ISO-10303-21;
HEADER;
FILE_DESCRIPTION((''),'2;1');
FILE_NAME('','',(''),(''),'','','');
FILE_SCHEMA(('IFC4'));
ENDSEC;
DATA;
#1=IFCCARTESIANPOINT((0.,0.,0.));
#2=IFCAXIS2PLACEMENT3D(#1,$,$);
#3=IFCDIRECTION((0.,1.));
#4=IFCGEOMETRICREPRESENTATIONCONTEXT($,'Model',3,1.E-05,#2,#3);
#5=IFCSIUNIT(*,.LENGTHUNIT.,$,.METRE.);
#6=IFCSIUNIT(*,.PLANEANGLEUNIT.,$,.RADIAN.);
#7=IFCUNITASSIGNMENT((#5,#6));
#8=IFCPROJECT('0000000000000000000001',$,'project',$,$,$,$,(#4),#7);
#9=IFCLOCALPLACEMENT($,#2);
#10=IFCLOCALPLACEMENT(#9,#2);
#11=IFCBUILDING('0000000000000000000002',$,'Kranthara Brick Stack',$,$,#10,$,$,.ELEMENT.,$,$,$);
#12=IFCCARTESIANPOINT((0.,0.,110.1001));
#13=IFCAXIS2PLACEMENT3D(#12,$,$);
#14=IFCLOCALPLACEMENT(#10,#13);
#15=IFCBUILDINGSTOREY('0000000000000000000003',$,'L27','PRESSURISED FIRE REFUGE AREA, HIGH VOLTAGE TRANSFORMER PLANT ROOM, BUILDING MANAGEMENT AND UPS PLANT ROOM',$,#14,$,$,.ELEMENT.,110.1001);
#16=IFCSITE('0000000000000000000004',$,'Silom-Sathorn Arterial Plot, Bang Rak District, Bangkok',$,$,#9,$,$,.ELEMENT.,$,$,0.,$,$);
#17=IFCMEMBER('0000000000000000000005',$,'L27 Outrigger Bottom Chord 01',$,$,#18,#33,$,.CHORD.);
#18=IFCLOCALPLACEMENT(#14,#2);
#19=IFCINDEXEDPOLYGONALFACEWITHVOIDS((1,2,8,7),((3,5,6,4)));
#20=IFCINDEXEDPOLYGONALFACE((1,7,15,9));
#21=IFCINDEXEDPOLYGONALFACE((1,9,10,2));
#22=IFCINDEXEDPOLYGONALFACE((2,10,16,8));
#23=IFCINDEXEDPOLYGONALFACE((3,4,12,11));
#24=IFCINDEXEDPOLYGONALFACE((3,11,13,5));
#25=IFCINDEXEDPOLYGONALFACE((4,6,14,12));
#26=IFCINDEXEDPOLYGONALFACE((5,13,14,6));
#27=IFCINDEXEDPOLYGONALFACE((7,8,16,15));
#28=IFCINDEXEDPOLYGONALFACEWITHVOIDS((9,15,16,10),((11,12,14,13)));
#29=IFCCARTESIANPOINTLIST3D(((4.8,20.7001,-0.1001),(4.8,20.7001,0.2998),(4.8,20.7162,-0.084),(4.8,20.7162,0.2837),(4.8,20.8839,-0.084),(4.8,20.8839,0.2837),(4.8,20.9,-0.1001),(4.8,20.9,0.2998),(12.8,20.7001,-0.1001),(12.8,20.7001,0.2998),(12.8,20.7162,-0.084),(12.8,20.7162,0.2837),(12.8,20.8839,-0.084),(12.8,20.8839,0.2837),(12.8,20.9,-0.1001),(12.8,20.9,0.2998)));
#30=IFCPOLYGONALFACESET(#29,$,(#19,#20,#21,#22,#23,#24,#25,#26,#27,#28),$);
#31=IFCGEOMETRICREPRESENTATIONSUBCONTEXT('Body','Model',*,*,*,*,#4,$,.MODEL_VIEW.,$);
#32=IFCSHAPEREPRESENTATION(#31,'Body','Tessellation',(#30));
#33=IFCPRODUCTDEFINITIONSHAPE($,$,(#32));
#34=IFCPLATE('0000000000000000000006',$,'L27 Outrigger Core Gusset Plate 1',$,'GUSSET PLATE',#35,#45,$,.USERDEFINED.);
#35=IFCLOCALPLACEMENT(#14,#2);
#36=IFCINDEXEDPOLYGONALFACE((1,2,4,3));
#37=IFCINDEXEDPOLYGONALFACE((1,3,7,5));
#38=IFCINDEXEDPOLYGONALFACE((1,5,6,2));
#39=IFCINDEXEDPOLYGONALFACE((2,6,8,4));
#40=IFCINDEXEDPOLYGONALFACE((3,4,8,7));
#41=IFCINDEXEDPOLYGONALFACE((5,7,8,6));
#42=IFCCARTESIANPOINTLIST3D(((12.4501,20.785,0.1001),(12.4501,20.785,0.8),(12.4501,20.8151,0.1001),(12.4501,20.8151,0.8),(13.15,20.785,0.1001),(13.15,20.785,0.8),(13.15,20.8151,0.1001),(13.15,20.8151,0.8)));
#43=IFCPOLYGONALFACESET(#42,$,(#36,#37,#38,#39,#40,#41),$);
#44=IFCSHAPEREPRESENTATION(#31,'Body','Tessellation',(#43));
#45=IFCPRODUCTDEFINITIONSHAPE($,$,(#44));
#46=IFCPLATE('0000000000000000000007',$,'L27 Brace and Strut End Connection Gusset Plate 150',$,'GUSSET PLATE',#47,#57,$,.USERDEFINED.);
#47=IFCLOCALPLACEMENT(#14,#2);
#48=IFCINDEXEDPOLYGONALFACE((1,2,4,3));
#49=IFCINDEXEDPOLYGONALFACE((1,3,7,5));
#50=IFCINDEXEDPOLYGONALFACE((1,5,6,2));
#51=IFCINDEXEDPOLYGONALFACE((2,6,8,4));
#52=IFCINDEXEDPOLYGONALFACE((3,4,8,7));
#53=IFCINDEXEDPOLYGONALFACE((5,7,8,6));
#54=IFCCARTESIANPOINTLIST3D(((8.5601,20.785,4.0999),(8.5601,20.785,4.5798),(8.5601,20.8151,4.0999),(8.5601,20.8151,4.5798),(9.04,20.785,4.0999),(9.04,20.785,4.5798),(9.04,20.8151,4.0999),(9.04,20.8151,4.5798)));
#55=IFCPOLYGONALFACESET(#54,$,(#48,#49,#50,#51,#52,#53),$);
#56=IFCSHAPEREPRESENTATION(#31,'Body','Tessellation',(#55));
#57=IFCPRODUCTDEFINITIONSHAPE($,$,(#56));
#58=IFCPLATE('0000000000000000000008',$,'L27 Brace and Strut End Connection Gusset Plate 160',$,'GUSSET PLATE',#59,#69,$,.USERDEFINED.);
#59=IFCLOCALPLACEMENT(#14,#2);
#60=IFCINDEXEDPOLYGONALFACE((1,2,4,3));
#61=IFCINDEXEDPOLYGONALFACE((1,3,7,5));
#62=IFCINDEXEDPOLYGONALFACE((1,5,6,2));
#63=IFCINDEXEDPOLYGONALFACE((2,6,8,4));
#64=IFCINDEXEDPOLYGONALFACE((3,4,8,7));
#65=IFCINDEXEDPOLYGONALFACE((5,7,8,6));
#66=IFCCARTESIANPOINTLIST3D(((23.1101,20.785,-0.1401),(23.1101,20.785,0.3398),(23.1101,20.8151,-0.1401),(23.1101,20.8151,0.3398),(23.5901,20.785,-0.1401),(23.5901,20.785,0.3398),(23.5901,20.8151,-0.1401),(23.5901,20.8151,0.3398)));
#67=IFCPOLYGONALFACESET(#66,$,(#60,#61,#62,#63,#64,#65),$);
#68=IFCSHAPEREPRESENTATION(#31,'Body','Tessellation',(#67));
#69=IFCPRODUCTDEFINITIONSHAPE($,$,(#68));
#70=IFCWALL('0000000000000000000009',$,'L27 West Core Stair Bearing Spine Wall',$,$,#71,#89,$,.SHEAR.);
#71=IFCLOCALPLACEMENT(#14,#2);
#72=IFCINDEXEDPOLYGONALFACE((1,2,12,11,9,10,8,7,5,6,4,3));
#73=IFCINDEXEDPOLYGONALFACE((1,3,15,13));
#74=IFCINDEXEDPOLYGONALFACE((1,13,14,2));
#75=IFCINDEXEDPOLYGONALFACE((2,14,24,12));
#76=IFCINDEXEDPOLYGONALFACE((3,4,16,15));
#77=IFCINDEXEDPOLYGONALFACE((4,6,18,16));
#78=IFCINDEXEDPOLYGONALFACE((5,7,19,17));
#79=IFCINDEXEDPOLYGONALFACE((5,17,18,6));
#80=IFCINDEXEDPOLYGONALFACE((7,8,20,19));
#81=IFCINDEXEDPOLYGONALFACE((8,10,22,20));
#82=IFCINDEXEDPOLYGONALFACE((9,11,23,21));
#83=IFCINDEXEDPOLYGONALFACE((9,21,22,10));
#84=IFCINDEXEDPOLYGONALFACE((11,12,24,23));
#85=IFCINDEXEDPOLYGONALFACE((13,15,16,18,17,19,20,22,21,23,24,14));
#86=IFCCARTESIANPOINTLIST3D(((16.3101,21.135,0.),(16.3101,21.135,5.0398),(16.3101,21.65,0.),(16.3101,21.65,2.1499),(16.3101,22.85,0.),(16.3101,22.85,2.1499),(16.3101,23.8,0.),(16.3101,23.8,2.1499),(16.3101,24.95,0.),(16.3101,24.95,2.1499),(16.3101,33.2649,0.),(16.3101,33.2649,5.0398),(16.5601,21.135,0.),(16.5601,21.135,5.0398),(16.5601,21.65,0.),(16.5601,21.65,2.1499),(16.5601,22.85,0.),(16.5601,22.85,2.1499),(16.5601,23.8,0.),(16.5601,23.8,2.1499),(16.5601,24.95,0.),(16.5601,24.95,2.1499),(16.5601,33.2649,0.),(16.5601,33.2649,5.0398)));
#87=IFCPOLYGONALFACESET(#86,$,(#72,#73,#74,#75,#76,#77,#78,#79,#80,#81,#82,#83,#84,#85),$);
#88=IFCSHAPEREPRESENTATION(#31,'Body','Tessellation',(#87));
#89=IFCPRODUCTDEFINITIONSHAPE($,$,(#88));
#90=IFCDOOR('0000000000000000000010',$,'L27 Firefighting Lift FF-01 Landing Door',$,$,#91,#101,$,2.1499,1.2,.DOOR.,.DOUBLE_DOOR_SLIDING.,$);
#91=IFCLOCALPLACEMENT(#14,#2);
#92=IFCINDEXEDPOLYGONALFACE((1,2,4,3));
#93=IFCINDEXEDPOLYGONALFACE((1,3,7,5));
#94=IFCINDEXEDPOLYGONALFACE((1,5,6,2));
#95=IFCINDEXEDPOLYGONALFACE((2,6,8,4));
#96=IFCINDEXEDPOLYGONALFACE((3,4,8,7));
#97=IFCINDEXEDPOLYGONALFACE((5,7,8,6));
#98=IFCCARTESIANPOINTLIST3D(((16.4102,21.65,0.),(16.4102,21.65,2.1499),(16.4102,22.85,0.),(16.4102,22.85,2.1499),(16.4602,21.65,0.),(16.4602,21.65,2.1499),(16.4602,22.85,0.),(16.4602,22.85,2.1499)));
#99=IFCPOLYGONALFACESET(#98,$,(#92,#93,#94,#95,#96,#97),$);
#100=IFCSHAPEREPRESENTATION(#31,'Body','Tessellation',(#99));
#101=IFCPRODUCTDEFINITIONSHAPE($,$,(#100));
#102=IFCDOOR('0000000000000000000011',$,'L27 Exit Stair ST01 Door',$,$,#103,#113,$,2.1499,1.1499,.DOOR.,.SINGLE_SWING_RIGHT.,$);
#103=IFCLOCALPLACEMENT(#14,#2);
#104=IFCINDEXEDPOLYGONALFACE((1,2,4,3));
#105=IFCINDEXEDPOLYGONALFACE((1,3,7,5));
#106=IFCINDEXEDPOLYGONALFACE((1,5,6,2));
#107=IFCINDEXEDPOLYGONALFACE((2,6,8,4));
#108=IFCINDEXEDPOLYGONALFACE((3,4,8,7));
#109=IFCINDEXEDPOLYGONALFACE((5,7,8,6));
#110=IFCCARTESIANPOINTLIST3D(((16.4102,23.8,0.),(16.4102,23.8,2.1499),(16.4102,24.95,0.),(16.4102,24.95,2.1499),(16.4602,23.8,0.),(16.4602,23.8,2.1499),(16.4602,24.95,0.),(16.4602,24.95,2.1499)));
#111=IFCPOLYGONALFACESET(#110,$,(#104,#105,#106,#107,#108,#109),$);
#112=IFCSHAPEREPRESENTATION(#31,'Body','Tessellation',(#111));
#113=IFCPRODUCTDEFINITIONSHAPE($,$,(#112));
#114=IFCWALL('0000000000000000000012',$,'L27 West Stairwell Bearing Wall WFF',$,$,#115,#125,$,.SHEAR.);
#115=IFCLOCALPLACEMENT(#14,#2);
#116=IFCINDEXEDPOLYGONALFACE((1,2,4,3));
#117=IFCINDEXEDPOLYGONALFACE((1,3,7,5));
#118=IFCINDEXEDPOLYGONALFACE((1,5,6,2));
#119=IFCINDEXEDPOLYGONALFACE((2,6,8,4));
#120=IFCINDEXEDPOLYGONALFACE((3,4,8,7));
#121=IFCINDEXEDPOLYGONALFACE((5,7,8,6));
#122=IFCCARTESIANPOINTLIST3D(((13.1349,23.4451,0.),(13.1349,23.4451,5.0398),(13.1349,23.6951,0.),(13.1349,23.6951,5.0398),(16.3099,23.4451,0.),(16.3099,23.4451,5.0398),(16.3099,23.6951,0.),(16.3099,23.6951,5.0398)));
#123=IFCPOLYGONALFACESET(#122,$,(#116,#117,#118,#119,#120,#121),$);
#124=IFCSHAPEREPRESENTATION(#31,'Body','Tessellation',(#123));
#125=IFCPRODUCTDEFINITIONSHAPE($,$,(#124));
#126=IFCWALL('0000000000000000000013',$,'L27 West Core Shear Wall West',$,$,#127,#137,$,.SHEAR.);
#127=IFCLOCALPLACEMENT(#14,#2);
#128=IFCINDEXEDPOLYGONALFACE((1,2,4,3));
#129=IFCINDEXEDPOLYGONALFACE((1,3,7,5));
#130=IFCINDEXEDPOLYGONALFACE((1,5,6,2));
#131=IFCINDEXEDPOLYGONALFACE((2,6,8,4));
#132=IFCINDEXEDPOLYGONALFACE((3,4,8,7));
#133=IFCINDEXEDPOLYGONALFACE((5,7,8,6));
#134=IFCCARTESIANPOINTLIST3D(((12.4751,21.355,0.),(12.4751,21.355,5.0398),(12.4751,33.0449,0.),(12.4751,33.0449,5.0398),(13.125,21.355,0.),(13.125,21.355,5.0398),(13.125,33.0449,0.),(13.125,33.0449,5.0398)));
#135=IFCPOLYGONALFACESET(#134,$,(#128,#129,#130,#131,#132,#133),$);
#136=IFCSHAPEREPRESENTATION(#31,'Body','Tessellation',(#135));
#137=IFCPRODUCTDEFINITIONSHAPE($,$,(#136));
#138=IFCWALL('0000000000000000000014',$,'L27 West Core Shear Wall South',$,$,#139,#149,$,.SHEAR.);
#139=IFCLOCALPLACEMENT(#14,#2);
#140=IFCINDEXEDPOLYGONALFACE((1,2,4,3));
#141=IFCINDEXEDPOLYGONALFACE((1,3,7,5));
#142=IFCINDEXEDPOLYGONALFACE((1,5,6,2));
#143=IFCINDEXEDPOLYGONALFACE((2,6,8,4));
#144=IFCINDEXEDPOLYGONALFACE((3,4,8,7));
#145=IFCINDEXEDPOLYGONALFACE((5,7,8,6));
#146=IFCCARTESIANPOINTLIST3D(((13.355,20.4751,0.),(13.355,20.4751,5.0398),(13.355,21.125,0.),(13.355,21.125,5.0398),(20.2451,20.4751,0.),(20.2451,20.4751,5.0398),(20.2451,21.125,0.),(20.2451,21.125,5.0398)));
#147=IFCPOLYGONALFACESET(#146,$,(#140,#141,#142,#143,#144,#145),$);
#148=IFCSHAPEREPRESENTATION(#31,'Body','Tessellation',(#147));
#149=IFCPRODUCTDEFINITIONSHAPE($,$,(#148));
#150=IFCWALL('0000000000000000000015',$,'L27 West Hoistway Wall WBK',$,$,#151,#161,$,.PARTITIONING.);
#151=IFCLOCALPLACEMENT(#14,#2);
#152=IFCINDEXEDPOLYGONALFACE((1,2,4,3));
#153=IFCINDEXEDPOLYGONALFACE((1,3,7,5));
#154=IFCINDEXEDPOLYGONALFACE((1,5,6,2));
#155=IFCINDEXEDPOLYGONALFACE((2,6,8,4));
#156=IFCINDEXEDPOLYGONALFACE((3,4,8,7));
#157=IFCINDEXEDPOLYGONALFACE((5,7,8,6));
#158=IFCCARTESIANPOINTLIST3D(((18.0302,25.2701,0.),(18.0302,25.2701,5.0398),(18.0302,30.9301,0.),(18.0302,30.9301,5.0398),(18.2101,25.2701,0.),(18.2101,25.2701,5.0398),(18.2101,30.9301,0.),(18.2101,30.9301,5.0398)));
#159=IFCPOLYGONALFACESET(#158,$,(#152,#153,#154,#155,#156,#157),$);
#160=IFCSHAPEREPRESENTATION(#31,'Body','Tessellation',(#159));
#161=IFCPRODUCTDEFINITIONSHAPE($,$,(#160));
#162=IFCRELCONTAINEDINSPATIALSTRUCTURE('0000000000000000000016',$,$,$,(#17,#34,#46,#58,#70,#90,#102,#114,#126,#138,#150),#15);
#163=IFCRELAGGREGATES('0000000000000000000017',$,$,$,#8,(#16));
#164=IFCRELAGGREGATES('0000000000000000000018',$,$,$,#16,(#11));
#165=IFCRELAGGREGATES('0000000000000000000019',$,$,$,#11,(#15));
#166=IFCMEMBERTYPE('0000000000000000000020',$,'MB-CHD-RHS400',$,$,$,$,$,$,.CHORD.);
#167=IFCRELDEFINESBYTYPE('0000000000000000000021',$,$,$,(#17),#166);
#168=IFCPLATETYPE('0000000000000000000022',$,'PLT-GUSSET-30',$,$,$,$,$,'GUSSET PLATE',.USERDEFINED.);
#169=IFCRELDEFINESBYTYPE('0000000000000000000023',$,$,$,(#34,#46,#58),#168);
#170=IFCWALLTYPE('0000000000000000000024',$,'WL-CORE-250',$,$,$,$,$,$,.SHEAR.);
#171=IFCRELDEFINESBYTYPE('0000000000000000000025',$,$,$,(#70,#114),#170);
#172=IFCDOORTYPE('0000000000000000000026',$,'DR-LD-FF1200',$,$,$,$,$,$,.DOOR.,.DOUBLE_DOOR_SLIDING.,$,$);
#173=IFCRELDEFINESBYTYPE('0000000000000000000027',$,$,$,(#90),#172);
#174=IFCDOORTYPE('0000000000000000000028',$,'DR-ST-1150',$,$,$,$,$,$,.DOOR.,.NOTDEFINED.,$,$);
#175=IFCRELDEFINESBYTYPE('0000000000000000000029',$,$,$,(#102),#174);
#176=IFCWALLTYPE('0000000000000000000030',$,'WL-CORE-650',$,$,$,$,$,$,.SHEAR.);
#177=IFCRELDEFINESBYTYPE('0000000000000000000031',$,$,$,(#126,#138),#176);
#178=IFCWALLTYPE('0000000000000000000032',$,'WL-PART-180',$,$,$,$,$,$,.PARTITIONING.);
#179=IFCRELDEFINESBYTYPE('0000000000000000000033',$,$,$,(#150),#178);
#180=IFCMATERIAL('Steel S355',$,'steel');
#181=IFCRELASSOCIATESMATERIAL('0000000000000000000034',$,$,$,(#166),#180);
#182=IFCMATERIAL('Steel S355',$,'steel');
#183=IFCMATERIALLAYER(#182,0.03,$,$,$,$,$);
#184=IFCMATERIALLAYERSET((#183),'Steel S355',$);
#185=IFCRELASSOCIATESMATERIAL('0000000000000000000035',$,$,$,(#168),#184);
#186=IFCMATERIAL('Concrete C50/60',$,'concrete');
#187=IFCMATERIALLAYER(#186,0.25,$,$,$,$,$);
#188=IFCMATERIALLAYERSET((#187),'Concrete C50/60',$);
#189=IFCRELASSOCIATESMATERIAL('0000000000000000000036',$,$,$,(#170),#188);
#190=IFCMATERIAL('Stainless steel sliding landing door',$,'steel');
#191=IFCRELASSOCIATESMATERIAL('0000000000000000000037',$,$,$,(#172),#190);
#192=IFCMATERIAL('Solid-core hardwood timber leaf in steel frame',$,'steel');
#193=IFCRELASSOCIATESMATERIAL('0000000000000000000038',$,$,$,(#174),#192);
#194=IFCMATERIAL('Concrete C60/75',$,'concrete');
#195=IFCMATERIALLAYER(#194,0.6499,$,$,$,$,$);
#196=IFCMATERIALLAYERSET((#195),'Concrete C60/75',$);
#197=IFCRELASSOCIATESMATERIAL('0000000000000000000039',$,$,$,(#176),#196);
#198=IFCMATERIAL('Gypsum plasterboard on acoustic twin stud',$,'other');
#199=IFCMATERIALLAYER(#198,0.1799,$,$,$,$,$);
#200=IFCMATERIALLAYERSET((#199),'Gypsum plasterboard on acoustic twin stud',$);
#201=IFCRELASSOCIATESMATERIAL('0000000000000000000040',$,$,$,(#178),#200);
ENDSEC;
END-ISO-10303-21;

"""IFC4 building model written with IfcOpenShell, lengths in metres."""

from ifc_helpers import new_model, si_unit, direction, frame, frame_2d, origin, origin_2d, place, context, subcontext, project, spatial, rectangle, hollow_rectangle, extrude, material, layer, layer_set, material_profile, profile_set, type_object, element, fill, save


model = new_model("IFC4")

# Units and contexts
model_context = context("Model", 3, precision=1e-05, world=origin(), true_north=direction((0.0, 1.0)))
body_context = subcontext(model_context, "Body", "Model", "MODEL_VIEW")
ifc_project = project(units=[si_unit("LENGTHUNIT", "METRE"), si_unit("PLANEANGLEUNIT", "RADIAN")], contexts=[model_context])

# Site, building, storey
site_placement = place(None, origin())
site = spatial("IfcSite", under=ifc_project, at=site_placement, Name="Silom-Sathorn Arterial Plot, Bang Rak District, Bangkok", CompositionType="ELEMENT", RefElevation=0.0)
building_placement = place(site_placement, origin())
building = spatial("IfcBuilding", under=site, at=building_placement, Name="Kranthara Brick Stack", CompositionType="ELEMENT")
storey_placement = place(building_placement, frame((0.0, 0.0, 110.1001)))
storey = spatial("IfcBuildingStorey", under=building, at=storey_placement, Name="L27", Description="PRESSURISED FIRE REFUGE AREA, HIGH VOLTAGE TRANSFORMER PLANT ROOM, BUILDING MANAGEMENT AND UPS PLANT ROOM", CompositionType="ELEMENT", Elevation=110.1001)

# Member
ifc_material_1 = material(Name="Steel S355", Category="steel")
ifc_material_profile_1 = material_profile(ifc_material_1, hollow_rectangle(XDim=0.2, YDim=0.3999, WallThickness=0.0161, at=origin_2d()), Name="RHS 200x400x16")
ifc_profile_set_1 = profile_set([ifc_material_profile_1], Name="Steel S355")
member_type_1 = type_object("IfcMemberType", Name="MB-CHD-RHS400", PredefinedType="CHORD", material=ifc_profile_set_1)
member_1_placement = place(storey_placement, frame((12.8, 20.8, 0.0999), z_axis=(-1.0, 0.0, 0.0), x_axis=(0.0, -1.0, 0.0)))
element("IfcMember", 1, at=member_1_placement, inside=storey, type_object=member_type_1, Name="L27 Outrigger Bottom Chord 01", PredefinedType="CHORD", context=body_context, shape_type="SweptSolid", body=[
    extrude(hollow_rectangle(XDim=0.2, YDim=0.3999, WallThickness=0.0161, at=origin_2d()), origin(), (0.0, 0.0, 1.0), 8.0),
])

# Plates
ifc_material_2 = material(Name="Steel S355", Category="steel")
ifc_layer_1 = layer(ifc_material_2, 0.03)
ifc_layer_set_1 = layer_set([ifc_layer_1], Name="Steel S355")
plate_type = type_object("IfcPlateType", Name="PLT-GUSSET-30", ElementType="GUSSET PLATE", PredefinedType="USERDEFINED", material=ifc_layer_set_1)
plate_placement = place(storey_placement, frame((12.8, 20.8, 0.1001), z_axis=(0.0, 0.0, 1.0), x_axis=(1.0, 0.0, 0.0)))
element("IfcPlate", 2, at=plate_placement, inside=storey, type_object=plate_type, Name="L27 Outrigger Core Gusset Plate 1", ObjectType="GUSSET PLATE", PredefinedType="USERDEFINED", context=body_context, shape_type="SweptSolid", body=[
    extrude(rectangle(XDim=0.7, YDim=0.03, at=origin_2d()), origin(), (0.0, 0.0, 1.0), 0.7),
])
for number, where, z_axis, x_axis, name in (
    (3, (8.8, 20.8, 4.0999), (0.0, 0.0, 1.0), (1.0, 0.0, 0.0), "L27 Brace and Strut End Connection Gusset Plate 150"),
    (4, (23.3501, 20.8, -0.1401), (0.0, 0.0, 1.0), (1.0, 0.0, 0.0), "L27 Brace and Strut End Connection Gusset Plate 160"),
):
    element("IfcPlate", number, at=place(storey_placement, frame(where, z_axis=z_axis, x_axis=x_axis)), inside=storey, type_object=plate_type, Name=name, ObjectType="GUSSET PLATE", PredefinedType="USERDEFINED", context=body_context, shape_type="SweptSolid", body=[
        extrude(rectangle(XDim=0.48, YDim=0.03, at=origin_2d()), origin(), (0.0, 0.0, 1.0), 0.48),
    ])

# Wall, openings, doors
ifc_material_3 = material(Name="Concrete C50/60", Category="concrete")
ifc_layer_2 = layer(ifc_material_3, 0.25)
ifc_layer_set_2 = layer_set([ifc_layer_2], Name="Concrete C50/60")
wall_type_1 = type_object("IfcWallType", Name="WL-CORE-250", PredefinedType="SHEAR", material=ifc_layer_set_2)
wall_1_placement = place(storey_placement, frame((16.4351, 21.135, 0.0), z_axis=(0.0, 0.0, 1.0), x_axis=(0.0, 1.0, 0.0)))
wall_1 = element("IfcWall", 5, at=wall_1_placement, inside=storey, type_object=wall_type_1, Name="L27 West Core Stair Bearing Spine Wall", PredefinedType="SHEAR", context=body_context, shape_type="SweptSolid", body=[
    extrude(rectangle(XDim=12.1299, YDim=0.25, at=frame_2d((6.0649, 0.0))), origin(), (0.0, 0.0, 1.0), 5.0398),
])
opening_1_placement = place(wall_1_placement, frame((0.5149, 0.0, 0.0)))
opening_1 = element("IfcOpeningElement", 6, at=opening_1_placement, cuts=wall_1, PredefinedType="OPENING", context=body_context, shape_type="SweptSolid", body=[
    extrude(rectangle(XDim=1.2, YDim=2.1499, at=frame_2d((0.6001, 1.075))), frame((0.0, 0.135, 0.0), z_axis=(0.0, -1.0, 0.0), x_axis=(1.0, 0.0, 0.0)), (0.0, 0.0, 1.0), 0.27),
])
opening_2_placement = place(wall_1_placement, frame((2.665, 0.0, 0.0)))
opening_2 = element("IfcOpeningElement", 7, at=opening_2_placement, cuts=wall_1, PredefinedType="OPENING", context=body_context, shape_type="SweptSolid", body=[
    extrude(rectangle(XDim=1.1499, YDim=2.1499, at=frame_2d((0.575, 1.075))), frame((0.0, 0.135, 0.0), z_axis=(0.0, -1.0, 0.0), x_axis=(1.0, 0.0, 0.0)), (0.0, 0.0, 1.0), 0.27),
])
ifc_material_4 = material(Name="Stainless steel sliding landing door", Category="steel")
door_type_1 = type_object("IfcDoorType", Name="DR-LD-FF1200", OperationType="DOUBLE_DOOR_SLIDING", PredefinedType="DOOR", material=ifc_material_4)
door_1_placement = place(opening_1_placement, origin())
door_1 = element("IfcDoor", 8, at=door_1_placement, inside=storey, type_object=door_type_1, Name="L27 Firefighting Lift FF-01 Landing Door", OperationType="DOUBLE_DOOR_SLIDING", OverallHeight=2.1499, OverallWidth=1.2, PredefinedType="DOOR", context=body_context, shape_type="SweptSolid", body=[
    extrude(rectangle(XDim=1.2, YDim=2.1499, at=frame_2d((0.6001, 1.075))), frame((0.0, 0.0249, 0.0), z_axis=(0.0, -1.0, 0.0), x_axis=(1.0, 0.0, 0.0)), (0.0, 0.0, 1.0), 0.05),
])
fill(opening_1, door_1)
ifc_material_5 = material(Name="Solid-core hardwood timber leaf in steel frame", Category="steel")
door_type_2 = type_object("IfcDoorType", Name="DR-ST-1150", OperationType="NOTDEFINED", PredefinedType="DOOR", material=ifc_material_5)
door_2_placement = place(opening_2_placement, origin())
door_2 = element("IfcDoor", 9, at=door_2_placement, inside=storey, type_object=door_type_2, Name="L27 Exit Stair ST01 Door", OperationType="SINGLE_SWING_RIGHT", OverallHeight=2.1499, OverallWidth=1.1499, PredefinedType="DOOR", context=body_context, shape_type="SweptSolid", body=[
    extrude(rectangle(XDim=1.1499, YDim=2.1499, at=frame_2d((0.575, 1.075))), frame((0.0, 0.0249, 0.0), z_axis=(0.0, -1.0, 0.0), x_axis=(1.0, 0.0, 0.0)), (0.0, 0.0, 1.0), 0.05),
])
fill(opening_2, door_2)

# Walls
wall_2_placement = place(storey_placement, frame((13.135, 23.5701, 0.0), z_axis=(0.0, 0.0, 1.0), x_axis=(1.0, 0.0, 0.0)))
element("IfcWall", 10, at=wall_2_placement, inside=storey, type_object=wall_type_1, Name="L27 West Stairwell Bearing Wall WFF", PredefinedType="SHEAR", context=body_context, shape_type="SweptSolid", body=[
    extrude(rectangle(XDim=3.175, YDim=0.25, at=frame_2d((1.5874, 0.0))), origin(), (0.0, 0.0, 1.0), 5.0398),
])
ifc_material_6 = material(Name="Concrete C60/75", Category="concrete")
ifc_layer_3 = layer(ifc_material_6, 0.6499)
ifc_layer_set_3 = layer_set([ifc_layer_3], Name="Concrete C60/75")
wall_type_2 = type_object("IfcWallType", Name="WL-CORE-650", PredefinedType="SHEAR", material=ifc_layer_set_3)
wall_3_placement = place(storey_placement, frame((12.8, 21.355, 0.0), z_axis=(0.0, 0.0, 1.0), x_axis=(0.0, 1.0, 0.0)))
element("IfcWall", 11, at=wall_3_placement, inside=storey, type_object=wall_type_2, Name="L27 West Core Shear Wall West", PredefinedType="SHEAR", context=body_context, shape_type="SweptSolid", body=[
    extrude(rectangle(XDim=11.6899, YDim=0.6499, at=frame_2d((5.845, 0.0))), origin(), (0.0, 0.0, 1.0), 5.0398),
])
wall_4_placement = place(storey_placement, frame((13.355, 20.8, 0.0), z_axis=(0.0, 0.0, 1.0), x_axis=(1.0, 0.0, 0.0)))
element("IfcWall", 12, at=wall_4_placement, inside=storey, type_object=wall_type_2, Name="L27 West Core Shear Wall South", PredefinedType="SHEAR", context=body_context, shape_type="SweptSolid", body=[
    extrude(rectangle(XDim=6.8901, YDim=0.6499, at=frame_2d((3.4451, 0.0))), origin(), (0.0, 0.0, 1.0), 5.0398),
])

# Wall
ifc_material_7 = material(Name="Gypsum plasterboard on acoustic twin stud", Category="other")
ifc_layer_4 = layer(ifc_material_7, 0.1799)
ifc_layer_set_4 = layer_set([ifc_layer_4], Name="Gypsum plasterboard on acoustic twin stud")
wall_type_3 = type_object("IfcWallType", Name="WL-PART-180", PredefinedType="PARTITIONING", material=ifc_layer_set_4)
wall_5_placement = place(storey_placement, frame((18.1201, 25.27, 0.0), z_axis=(0.0, 0.0, 1.0), x_axis=(0.0, 1.0, 0.0)))
element("IfcWall", 13, at=wall_5_placement, inside=storey, type_object=wall_type_3, Name="L27 West Hoistway Wall WBK", PredefinedType="PARTITIONING", context=body_context, shape_type="SweptSolid", body=[
    extrude(rectangle(XDim=5.6599, YDim=0.1799, at=frame_2d((2.8301, 0.0))), origin(), (0.0, 0.0, 1.0), 5.0398),
])

save(model, "model.ifc")
